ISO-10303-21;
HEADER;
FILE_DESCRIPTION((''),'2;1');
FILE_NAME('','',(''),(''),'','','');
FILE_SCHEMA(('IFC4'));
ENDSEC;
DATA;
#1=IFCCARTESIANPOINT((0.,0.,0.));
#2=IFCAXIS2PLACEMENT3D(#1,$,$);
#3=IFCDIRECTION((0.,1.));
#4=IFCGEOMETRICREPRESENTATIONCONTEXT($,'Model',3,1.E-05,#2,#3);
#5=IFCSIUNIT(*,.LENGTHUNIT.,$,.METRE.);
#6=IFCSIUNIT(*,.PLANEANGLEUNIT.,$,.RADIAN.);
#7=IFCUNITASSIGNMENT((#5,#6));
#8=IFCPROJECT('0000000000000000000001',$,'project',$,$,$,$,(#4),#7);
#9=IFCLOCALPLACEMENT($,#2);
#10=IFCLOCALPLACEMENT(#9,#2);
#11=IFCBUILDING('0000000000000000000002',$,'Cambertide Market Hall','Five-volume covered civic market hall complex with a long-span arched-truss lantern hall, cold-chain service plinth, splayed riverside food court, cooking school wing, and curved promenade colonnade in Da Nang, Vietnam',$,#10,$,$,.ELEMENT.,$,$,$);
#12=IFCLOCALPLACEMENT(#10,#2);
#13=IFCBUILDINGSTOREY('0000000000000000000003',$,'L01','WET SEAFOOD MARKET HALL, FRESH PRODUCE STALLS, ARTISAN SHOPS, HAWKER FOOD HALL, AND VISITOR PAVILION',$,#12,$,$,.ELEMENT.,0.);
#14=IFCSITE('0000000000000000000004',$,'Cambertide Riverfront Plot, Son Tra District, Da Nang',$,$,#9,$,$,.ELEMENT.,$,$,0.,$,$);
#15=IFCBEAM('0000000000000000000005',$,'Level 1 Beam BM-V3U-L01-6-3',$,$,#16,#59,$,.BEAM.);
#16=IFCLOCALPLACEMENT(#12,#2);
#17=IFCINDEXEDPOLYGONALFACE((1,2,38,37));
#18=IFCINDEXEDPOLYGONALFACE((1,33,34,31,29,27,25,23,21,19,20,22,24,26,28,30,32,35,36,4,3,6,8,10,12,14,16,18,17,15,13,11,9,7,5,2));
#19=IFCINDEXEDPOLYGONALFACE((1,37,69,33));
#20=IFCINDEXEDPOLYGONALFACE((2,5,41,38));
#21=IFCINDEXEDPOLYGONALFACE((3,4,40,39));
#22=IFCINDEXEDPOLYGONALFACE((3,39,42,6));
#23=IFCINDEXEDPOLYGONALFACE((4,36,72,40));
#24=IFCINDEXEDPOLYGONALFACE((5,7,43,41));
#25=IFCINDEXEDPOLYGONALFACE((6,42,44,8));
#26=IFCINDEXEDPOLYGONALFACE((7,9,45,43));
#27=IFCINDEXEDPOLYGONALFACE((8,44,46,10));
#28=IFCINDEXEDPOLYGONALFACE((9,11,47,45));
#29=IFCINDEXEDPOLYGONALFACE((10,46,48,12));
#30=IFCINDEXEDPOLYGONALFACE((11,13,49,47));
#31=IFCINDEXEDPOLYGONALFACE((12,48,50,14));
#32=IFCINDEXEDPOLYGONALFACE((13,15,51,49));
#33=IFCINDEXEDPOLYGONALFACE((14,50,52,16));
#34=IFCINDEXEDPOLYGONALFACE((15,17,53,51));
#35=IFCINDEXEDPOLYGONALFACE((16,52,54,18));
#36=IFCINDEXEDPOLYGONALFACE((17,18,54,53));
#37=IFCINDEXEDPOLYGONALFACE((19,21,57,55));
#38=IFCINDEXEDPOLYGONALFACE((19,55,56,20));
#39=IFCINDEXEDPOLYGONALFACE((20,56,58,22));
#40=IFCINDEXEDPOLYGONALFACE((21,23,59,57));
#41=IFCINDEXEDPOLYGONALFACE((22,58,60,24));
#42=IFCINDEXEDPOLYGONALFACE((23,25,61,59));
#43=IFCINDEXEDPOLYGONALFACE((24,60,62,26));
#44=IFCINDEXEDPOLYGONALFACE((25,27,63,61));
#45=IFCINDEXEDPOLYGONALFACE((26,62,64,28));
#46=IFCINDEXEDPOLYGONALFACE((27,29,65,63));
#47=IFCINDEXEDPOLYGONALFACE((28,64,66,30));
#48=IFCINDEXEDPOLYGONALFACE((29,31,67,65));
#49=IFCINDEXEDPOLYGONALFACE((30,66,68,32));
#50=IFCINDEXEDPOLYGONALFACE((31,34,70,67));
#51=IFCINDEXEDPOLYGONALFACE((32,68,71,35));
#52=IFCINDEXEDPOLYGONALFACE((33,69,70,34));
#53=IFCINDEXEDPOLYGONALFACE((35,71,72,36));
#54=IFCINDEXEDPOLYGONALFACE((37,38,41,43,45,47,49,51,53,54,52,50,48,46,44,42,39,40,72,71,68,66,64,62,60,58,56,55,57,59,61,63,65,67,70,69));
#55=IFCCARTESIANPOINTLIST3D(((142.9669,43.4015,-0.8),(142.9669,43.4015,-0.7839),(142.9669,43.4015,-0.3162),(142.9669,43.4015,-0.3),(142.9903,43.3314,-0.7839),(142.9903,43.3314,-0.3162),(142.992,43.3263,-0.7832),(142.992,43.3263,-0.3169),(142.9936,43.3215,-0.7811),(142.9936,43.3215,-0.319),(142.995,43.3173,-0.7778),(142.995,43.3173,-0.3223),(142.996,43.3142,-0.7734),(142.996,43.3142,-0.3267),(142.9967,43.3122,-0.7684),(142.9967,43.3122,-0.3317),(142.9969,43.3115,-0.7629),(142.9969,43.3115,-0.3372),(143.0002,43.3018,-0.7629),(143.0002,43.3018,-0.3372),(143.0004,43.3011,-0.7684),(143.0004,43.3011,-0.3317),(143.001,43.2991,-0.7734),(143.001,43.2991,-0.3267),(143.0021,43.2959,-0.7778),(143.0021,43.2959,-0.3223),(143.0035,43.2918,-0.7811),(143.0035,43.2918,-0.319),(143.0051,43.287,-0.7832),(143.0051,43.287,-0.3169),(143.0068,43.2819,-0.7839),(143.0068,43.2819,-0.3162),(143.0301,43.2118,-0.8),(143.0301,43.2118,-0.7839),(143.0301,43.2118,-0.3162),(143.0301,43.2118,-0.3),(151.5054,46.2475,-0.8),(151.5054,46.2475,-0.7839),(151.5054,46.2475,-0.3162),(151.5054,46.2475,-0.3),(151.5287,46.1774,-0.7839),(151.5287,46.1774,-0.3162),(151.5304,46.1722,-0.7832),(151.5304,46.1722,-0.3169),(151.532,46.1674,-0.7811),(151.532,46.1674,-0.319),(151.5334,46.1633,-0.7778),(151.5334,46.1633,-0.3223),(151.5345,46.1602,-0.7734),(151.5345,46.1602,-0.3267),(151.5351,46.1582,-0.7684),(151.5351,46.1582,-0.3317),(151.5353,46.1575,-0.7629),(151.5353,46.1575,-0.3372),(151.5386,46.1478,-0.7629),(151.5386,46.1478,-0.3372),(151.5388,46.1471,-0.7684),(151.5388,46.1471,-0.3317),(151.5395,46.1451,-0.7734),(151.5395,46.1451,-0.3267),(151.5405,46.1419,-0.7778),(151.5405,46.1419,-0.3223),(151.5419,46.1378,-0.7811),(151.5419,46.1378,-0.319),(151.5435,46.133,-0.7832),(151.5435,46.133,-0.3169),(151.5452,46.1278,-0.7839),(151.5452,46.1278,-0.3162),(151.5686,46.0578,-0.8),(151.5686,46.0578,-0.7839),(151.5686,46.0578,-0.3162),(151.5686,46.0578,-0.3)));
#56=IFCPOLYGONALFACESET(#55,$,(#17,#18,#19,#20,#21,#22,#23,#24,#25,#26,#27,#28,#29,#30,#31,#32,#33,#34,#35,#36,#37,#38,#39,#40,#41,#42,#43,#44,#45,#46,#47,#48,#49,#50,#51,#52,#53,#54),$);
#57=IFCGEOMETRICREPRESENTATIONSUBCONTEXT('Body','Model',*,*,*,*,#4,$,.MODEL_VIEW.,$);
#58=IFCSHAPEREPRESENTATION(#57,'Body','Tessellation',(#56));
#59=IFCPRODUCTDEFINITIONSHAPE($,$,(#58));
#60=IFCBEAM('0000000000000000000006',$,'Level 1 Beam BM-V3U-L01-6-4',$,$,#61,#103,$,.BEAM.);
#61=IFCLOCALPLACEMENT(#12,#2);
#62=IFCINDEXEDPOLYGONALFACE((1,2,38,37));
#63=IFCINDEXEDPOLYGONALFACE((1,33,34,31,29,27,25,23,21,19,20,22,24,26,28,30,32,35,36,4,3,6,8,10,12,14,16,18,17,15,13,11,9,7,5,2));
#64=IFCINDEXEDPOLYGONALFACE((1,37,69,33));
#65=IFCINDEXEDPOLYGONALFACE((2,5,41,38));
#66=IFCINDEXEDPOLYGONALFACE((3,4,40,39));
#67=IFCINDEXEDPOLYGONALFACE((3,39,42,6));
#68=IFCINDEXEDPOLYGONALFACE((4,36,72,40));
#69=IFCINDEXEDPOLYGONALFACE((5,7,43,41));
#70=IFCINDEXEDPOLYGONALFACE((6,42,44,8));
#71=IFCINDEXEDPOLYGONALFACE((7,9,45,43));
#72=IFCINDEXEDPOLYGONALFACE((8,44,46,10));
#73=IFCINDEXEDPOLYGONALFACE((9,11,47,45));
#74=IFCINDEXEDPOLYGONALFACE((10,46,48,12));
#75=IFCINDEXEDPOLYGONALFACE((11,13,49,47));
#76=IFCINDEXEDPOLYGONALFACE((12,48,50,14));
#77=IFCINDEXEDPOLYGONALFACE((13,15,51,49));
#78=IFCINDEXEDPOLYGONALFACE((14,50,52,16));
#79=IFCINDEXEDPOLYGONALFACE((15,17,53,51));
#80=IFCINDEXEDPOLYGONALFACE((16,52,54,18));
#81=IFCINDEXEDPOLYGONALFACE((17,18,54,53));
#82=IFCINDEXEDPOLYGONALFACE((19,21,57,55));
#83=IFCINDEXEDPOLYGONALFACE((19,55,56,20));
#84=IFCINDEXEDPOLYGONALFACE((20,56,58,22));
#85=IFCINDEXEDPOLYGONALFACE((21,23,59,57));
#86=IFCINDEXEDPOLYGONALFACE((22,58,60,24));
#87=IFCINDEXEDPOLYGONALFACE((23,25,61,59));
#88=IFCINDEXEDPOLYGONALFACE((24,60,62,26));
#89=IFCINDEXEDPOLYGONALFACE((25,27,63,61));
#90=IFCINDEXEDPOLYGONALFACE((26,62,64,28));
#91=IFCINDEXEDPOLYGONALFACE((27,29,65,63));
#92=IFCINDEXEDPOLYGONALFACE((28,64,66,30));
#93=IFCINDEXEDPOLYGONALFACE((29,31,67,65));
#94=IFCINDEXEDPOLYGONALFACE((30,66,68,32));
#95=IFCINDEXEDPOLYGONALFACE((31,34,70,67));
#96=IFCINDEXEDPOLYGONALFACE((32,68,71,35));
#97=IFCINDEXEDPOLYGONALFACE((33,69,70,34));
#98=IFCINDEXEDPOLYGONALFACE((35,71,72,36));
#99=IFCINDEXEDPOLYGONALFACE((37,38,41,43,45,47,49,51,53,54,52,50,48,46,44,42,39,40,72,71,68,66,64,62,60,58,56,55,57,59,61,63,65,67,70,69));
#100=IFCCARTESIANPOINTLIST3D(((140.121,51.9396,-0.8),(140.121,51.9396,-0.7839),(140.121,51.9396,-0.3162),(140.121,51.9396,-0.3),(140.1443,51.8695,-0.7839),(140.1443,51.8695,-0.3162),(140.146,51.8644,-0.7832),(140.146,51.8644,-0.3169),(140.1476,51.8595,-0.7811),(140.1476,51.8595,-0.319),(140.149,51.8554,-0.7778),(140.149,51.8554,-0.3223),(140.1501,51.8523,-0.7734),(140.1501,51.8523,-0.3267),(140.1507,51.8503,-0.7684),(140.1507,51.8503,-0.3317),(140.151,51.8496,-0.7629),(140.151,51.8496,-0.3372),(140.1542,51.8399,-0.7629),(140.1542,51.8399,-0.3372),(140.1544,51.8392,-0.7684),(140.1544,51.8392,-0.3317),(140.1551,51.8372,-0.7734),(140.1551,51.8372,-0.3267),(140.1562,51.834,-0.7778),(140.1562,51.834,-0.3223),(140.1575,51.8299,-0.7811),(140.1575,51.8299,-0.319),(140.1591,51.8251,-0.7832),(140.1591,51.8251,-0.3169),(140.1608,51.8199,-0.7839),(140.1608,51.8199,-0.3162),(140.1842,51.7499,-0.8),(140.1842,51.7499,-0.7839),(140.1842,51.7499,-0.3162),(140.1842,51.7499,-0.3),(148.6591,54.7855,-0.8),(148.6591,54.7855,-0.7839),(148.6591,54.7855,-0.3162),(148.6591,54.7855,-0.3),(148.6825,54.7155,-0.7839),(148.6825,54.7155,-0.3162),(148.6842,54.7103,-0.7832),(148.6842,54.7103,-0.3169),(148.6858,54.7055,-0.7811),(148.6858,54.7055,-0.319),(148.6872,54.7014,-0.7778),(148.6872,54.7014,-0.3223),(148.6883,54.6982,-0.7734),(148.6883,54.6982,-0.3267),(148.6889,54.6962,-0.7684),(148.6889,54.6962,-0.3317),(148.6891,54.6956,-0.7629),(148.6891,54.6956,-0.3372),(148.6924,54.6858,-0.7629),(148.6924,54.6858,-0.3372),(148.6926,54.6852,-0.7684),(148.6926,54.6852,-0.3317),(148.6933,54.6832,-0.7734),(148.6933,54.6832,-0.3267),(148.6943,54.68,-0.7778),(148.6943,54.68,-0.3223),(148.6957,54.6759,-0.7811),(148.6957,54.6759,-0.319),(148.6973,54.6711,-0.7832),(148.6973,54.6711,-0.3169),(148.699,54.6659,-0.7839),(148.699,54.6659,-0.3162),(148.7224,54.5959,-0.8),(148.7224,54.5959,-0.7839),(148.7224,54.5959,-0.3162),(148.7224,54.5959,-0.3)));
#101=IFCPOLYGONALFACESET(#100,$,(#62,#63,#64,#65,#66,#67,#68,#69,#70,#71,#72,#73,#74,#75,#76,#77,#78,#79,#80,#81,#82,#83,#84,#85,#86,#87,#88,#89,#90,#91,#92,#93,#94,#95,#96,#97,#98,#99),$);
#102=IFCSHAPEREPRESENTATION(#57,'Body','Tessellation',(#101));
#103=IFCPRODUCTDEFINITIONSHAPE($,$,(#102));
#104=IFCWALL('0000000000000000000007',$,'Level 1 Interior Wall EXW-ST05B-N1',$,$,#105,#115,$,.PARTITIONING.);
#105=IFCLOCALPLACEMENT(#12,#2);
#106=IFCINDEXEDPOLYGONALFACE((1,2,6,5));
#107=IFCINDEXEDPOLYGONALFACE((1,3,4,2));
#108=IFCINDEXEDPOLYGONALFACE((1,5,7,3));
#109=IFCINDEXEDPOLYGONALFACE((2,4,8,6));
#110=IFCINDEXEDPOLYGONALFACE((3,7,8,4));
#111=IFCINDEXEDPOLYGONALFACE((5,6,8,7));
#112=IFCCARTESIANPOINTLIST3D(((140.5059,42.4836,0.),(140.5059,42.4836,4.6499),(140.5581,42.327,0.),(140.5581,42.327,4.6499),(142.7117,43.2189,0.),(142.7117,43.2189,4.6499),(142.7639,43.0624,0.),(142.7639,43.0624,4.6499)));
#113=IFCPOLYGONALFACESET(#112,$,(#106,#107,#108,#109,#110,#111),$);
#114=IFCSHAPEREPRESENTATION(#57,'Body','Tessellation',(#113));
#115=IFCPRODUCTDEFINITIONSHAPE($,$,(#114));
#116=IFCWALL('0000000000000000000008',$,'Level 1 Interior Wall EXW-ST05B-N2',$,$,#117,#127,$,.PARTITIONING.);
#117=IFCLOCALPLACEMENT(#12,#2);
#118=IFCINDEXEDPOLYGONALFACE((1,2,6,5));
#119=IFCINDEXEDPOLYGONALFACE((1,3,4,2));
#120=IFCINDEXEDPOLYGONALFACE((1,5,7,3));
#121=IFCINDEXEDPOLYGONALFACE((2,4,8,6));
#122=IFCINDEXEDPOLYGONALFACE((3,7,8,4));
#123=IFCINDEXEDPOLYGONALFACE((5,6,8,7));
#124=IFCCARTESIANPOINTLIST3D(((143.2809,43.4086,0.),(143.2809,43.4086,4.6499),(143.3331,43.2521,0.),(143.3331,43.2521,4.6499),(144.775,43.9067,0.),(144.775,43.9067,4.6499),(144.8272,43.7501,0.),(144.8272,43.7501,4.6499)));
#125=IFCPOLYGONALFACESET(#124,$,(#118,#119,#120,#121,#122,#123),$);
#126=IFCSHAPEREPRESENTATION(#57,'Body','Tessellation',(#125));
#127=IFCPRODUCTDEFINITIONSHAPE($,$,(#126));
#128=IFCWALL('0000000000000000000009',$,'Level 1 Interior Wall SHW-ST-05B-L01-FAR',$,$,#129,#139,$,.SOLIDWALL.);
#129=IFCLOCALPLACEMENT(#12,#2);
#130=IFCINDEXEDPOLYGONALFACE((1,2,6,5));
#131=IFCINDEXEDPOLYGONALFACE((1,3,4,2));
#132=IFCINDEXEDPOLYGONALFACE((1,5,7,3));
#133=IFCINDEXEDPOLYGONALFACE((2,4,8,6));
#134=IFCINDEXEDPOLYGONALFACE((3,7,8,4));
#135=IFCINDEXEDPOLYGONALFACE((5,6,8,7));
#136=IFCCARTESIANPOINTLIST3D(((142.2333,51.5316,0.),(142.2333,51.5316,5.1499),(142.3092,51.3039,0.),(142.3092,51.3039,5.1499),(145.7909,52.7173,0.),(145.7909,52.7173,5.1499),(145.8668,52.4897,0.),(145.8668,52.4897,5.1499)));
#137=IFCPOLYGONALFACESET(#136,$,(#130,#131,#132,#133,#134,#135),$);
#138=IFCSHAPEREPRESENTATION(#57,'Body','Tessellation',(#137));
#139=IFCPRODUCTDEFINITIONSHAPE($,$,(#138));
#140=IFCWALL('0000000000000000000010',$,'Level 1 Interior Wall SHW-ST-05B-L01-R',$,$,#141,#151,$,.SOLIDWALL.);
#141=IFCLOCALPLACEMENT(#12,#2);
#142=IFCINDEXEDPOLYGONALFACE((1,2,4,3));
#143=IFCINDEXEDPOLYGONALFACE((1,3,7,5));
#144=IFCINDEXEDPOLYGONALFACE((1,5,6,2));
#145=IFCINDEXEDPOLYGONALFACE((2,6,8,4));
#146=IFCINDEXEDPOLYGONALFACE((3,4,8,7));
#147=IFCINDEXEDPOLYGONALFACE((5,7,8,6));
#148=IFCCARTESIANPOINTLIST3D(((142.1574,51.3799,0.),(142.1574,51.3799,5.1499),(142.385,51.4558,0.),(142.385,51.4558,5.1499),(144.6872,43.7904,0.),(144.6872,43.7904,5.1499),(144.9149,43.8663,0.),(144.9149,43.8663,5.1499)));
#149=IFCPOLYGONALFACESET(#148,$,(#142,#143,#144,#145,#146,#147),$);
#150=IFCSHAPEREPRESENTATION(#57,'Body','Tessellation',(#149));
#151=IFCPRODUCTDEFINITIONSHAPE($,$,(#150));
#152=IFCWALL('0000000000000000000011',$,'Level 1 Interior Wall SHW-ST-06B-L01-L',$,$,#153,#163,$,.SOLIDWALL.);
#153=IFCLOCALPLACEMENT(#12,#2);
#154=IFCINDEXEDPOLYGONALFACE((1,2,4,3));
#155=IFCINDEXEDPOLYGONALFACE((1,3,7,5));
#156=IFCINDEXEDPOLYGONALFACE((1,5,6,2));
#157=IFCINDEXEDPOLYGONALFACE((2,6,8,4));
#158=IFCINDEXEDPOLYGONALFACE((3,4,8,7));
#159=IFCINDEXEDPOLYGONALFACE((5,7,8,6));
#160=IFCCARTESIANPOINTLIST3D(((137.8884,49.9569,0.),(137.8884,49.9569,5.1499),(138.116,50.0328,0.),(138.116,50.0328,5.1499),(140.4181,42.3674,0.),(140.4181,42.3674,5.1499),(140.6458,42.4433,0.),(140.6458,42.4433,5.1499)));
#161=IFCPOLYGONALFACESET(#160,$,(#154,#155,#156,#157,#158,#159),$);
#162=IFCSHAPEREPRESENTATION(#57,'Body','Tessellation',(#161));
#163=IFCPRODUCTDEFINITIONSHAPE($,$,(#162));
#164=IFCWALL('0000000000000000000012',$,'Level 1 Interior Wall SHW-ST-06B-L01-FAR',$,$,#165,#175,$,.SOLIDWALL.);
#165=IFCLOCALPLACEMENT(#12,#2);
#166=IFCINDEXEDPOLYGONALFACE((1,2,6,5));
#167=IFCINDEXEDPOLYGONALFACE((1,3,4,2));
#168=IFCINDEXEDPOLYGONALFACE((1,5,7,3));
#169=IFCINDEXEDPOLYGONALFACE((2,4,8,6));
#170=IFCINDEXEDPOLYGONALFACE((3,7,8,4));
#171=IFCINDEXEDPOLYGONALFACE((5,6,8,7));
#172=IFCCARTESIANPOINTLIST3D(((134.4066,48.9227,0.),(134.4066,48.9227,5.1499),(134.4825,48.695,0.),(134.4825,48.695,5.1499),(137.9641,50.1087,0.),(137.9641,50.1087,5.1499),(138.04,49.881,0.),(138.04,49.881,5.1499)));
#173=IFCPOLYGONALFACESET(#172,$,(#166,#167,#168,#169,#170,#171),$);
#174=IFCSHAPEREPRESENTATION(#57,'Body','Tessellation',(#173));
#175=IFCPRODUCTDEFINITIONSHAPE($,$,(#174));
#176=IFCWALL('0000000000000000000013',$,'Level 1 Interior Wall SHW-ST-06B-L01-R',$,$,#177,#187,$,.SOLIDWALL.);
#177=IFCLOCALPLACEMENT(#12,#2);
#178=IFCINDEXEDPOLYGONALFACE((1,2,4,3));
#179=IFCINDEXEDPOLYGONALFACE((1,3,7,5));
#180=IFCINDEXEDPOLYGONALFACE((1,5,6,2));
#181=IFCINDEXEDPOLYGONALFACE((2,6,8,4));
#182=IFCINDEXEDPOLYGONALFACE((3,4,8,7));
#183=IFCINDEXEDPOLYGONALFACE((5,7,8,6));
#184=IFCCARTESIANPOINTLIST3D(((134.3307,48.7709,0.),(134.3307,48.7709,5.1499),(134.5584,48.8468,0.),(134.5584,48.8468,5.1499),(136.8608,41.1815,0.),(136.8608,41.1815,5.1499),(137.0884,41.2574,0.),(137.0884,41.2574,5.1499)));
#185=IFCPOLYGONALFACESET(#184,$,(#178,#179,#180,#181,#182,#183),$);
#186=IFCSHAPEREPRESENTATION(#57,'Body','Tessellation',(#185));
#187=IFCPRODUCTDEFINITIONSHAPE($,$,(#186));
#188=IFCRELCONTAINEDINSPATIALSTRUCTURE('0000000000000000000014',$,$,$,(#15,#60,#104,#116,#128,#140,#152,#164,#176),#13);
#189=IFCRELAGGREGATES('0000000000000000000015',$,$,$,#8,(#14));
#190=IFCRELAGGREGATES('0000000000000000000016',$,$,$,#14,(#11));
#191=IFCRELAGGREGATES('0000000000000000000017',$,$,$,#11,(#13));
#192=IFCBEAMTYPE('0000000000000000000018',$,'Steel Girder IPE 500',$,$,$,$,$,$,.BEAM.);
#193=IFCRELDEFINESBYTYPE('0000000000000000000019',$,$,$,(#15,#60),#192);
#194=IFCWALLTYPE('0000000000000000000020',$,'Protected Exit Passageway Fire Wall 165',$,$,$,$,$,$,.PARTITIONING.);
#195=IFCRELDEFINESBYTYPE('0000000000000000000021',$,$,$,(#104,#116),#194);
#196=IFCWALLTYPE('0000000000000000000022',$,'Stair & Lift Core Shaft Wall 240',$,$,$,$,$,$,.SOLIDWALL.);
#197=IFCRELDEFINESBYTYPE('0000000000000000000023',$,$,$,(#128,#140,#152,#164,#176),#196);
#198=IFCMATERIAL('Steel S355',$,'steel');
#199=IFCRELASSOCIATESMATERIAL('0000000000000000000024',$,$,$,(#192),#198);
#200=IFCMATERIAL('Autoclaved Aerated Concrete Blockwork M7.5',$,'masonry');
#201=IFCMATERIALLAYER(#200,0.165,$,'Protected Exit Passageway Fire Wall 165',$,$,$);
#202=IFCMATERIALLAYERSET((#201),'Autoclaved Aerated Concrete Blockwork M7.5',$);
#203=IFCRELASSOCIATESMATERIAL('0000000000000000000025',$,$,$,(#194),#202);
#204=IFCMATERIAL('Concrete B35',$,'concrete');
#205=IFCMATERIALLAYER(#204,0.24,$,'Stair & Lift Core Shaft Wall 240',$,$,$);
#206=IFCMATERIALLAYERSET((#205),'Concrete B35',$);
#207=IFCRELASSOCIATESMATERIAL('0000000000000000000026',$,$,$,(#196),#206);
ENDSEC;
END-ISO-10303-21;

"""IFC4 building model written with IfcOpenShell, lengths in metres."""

from ifc_helpers import new_model, si_unit, direction, frame, frame_2d, origin, origin_2d, place, context, subcontext, project, spatial, rectangle, i_section, extrude, material, layer, layer_set, material_profile, profile_set, type_object, element, save


model = new_model("IFC4")

# Units and contexts
model_context = context("Model", 3, precision=1e-05, world=origin(), true_north=direction((0.0, 1.0)))
body_context = subcontext(model_context, "Body", "Model", "MODEL_VIEW")
ifc_project = project(units=[si_unit("LENGTHUNIT", "METRE"), si_unit("PLANEANGLEUNIT", "RADIAN")], contexts=[model_context])

# Site, building, storey
site_placement = place(None, origin())
site = spatial("IfcSite", under=ifc_project, at=site_placement, Name="Cambertide Riverfront Plot, Son Tra District, Da Nang", CompositionType="ELEMENT", RefElevation=0.0)
building_placement = place(site_placement, origin())
building = spatial("IfcBuilding", under=site, at=building_placement, Name="Cambertide Market Hall", Description="Five-volume covered civic market hall complex with a long-span arched-truss lantern hall, cold-chain service plinth, splayed riverside food court, cooking school wing, and curved promenade colonnade in Da Nang, Vietnam", CompositionType="ELEMENT")
storey_placement = place(building_placement, origin())
storey = spatial("IfcBuildingStorey", under=building, at=storey_placement, Name="L01", Description="WET SEAFOOD MARKET HALL, FRESH PRODUCE STALLS, ARTISAN SHOPS, HAWKER FOOD HALL, AND VISITOR PAVILION", CompositionType="ELEMENT", Elevation=0.0)

# Beams
ifc_material_1 = material(Name="Steel S355", Category="steel")
ifc_material_profile_1 = material_profile(ifc_material_1, i_section(OverallWidth=0.2, OverallDepth=0.5, WebThickness=0.0103, FlangeThickness=0.0161, FilletRadius=0.021, at=origin_2d()), Name="IPE 500")
ifc_profile_set_1 = profile_set([ifc_material_profile_1], Name="Steel S355")
beam_type_1 = type_object("IfcBeamType", Name="Steel Girder IPE 500", PredefinedType="BEAM", material=ifc_profile_set_1)
beam_1_placement = place(storey_placement, frame((142.9985, 43.3066, -0.55), z_axis=(0.948689, 0.316211, 0.0), x_axis=(-0.316211, 0.948689, 0.0)))
element("IfcBeam", 1, at=beam_1_placement, inside=storey, type_object=beam_type_1, Name="Level 1 Beam BM-V3U-L01-6-3", PredefinedType="BEAM", context=body_context, shape_type="SweptSolid", body=[
    extrude(i_section(OverallWidth=0.2, OverallDepth=0.5, WebThickness=0.0103, FlangeThickness=0.0161, FilletRadius=0.021, at=origin_2d()), origin(), (0.0, 0.0, 1.0), 9.0002),
])
beam_2_placement = place(storey_placement, frame((140.1526, 51.8447, -0.55), z_axis=(0.948686, 0.31622, 0.0), x_axis=(-0.31622, 0.948686, 0.0)))
element("IfcBeam", 2, at=beam_2_placement, inside=storey, type_object=beam_type_1, Name="Level 1 Beam BM-V3U-L01-6-4", PredefinedType="BEAM", context=body_context, shape_type="SweptSolid", body=[
    extrude(i_section(OverallWidth=0.2, OverallDepth=0.5, WebThickness=0.0103, FlangeThickness=0.0161, FilletRadius=0.021, at=origin_2d()), origin(), (0.0, 0.0, 1.0), 9.0),
])

# Walls
ifc_material_2 = material(Name="Autoclaved Aerated Concrete Blockwork M7.5", Category="masonry")
ifc_layer_1 = layer(ifc_material_2, 0.165, Name="Protected Exit Passageway Fire Wall 165")
ifc_layer_set_1 = layer_set([ifc_layer_1], Name="Autoclaved Aerated Concrete Blockwork M7.5")
wall_type_1 = type_object("IfcWallType", Name="Protected Exit Passageway Fire Wall 165", PredefinedType="PARTITIONING", material=ifc_layer_set_1)
wall_1_placement = place(storey_placement, frame((140.532, 42.4053, 0.0), z_axis=(0.0, 0.0, 1.0), x_axis=(0.948673, 0.316259, 0.0)))
element("IfcWall", 3, at=wall_1_placement, inside=storey, type_object=wall_type_1, Name="Level 1 Interior Wall EXW-ST05B-N1", PredefinedType="PARTITIONING", context=body_context, shape_type="SweptSolid", body=[
    extrude(rectangle(XDim=2.3252, YDim=0.165, at=frame_2d((1.1626, 0.0))), origin(), (0.0, 0.0, 1.0), 4.6499),
])
wall_2_placement = place(storey_placement, frame((143.3069, 43.3303, 0.0), z_axis=(0.0, 0.0, 1.0), x_axis=(0.948683, 0.316228, 0.0)))
element("IfcWall", 4, at=wall_2_placement, inside=storey, type_object=wall_type_1, Name="Level 1 Interior Wall EXW-ST05B-N2", PredefinedType="PARTITIONING", context=body_context, shape_type="SweptSolid", body=[
    extrude(rectangle(XDim=1.575, YDim=0.165, at=frame_2d((0.7876, 0.0))), origin(), (0.0, 0.0, 1.0), 4.6499),
])
ifc_material_3 = material(Name="Concrete B35", Category="concrete")
ifc_layer_2 = layer(ifc_material_3, 0.24, Name="Stair & Lift Core Shaft Wall 240")
ifc_layer_set_2 = layer_set([ifc_layer_2], Name="Concrete B35")
wall_type_2 = type_object("IfcWallType", Name="Stair & Lift Core Shaft Wall 240", PredefinedType="SOLIDWALL", material=ifc_layer_set_2)
wall_3_placement = place(storey_placement, frame((142.2712, 51.4177, 0.0), z_axis=(0.0, 0.0, 1.0), x_axis=(0.94869, 0.316208, 0.0)))
element("IfcWall", 5, at=wall_3_placement, inside=storey, type_object=wall_type_2, Name="Level 1 Interior Wall SHW-ST-05B-L01-FAR", PredefinedType="SOLIDWALL", context=body_context, shape_type="SweptSolid", body=[
    extrude(rectangle(XDim=3.75, YDim=0.24, at=frame_2d((1.875, 0.0))), origin(), (0.0, 0.0, 1.0), 5.1499),
])
wall_4_placement = place(storey_placement, frame((144.801, 43.8284, 0.0), z_axis=(0.0, 0.0, 1.0), x_axis=(-0.316228, 0.948683, 0.0)))
element("IfcWall", 6, at=wall_4_placement, inside=storey, type_object=wall_type_2, Name="Level 1 Interior Wall SHW-ST-05B-L01-R", PredefinedType="SOLIDWALL", context=body_context, shape_type="SweptSolid", body=[
    extrude(rectangle(XDim=8.0, YDim=0.24, at=frame_2d((4.0, 0.0))), origin(), (0.0, 0.0, 1.0), 5.1499),
])

# Walls
wall_5_placement = place(storey_placement, frame((138.0022, 49.9949, 0.0), z_axis=(0.0, 0.0, 1.0), x_axis=(0.316219, -0.948686, 0.0)))
element("IfcWall", 7, at=wall_5_placement, inside=storey, type_object=wall_type_2, Name="Level 1 Interior Wall SHW-ST-06B-L01-L", PredefinedType="SOLIDWALL", context=body_context, shape_type="SweptSolid", body=[
    extrude(rectangle(XDim=8.0, YDim=0.24, at=frame_2d((4.0, 0.0))), origin(), (0.0, 0.0, 1.0), 5.1499),
])
wall_6_placement = place(storey_placement, frame((134.4446, 48.8088, 0.0), z_axis=(0.0, 0.0, 1.0), x_axis=(0.94867, 0.316267, 0.0)))
element("IfcWall", 8, at=wall_6_placement, inside=storey, type_object=wall_type_2, Name="Level 1 Interior Wall SHW-ST-06B-L01-FAR", PredefinedType="SOLIDWALL", context=body_context, shape_type="SweptSolid", body=[
    extrude(rectangle(XDim=3.75, YDim=0.24, at=frame_2d((1.875, 0.0))), origin(), (0.0, 0.0, 1.0), 5.1499),
])
wall_7_placement = place(storey_placement, frame((136.9746, 41.2195, 0.0), z_axis=(0.0, 0.0, 1.0), x_axis=(-0.316255, 0.948674, 0.0)))
element("IfcWall", 9, at=wall_7_placement, inside=storey, type_object=wall_type_2, Name="Level 1 Interior Wall SHW-ST-06B-L01-R", PredefinedType="SOLIDWALL", context=body_context, shape_type="SweptSolid", body=[
    extrude(rectangle(XDim=8.0, YDim=0.24, at=frame_2d((4.0, 0.0))), origin(), (0.0, 0.0, 1.0), 5.1499),
])

save(model, "model.ifc")
